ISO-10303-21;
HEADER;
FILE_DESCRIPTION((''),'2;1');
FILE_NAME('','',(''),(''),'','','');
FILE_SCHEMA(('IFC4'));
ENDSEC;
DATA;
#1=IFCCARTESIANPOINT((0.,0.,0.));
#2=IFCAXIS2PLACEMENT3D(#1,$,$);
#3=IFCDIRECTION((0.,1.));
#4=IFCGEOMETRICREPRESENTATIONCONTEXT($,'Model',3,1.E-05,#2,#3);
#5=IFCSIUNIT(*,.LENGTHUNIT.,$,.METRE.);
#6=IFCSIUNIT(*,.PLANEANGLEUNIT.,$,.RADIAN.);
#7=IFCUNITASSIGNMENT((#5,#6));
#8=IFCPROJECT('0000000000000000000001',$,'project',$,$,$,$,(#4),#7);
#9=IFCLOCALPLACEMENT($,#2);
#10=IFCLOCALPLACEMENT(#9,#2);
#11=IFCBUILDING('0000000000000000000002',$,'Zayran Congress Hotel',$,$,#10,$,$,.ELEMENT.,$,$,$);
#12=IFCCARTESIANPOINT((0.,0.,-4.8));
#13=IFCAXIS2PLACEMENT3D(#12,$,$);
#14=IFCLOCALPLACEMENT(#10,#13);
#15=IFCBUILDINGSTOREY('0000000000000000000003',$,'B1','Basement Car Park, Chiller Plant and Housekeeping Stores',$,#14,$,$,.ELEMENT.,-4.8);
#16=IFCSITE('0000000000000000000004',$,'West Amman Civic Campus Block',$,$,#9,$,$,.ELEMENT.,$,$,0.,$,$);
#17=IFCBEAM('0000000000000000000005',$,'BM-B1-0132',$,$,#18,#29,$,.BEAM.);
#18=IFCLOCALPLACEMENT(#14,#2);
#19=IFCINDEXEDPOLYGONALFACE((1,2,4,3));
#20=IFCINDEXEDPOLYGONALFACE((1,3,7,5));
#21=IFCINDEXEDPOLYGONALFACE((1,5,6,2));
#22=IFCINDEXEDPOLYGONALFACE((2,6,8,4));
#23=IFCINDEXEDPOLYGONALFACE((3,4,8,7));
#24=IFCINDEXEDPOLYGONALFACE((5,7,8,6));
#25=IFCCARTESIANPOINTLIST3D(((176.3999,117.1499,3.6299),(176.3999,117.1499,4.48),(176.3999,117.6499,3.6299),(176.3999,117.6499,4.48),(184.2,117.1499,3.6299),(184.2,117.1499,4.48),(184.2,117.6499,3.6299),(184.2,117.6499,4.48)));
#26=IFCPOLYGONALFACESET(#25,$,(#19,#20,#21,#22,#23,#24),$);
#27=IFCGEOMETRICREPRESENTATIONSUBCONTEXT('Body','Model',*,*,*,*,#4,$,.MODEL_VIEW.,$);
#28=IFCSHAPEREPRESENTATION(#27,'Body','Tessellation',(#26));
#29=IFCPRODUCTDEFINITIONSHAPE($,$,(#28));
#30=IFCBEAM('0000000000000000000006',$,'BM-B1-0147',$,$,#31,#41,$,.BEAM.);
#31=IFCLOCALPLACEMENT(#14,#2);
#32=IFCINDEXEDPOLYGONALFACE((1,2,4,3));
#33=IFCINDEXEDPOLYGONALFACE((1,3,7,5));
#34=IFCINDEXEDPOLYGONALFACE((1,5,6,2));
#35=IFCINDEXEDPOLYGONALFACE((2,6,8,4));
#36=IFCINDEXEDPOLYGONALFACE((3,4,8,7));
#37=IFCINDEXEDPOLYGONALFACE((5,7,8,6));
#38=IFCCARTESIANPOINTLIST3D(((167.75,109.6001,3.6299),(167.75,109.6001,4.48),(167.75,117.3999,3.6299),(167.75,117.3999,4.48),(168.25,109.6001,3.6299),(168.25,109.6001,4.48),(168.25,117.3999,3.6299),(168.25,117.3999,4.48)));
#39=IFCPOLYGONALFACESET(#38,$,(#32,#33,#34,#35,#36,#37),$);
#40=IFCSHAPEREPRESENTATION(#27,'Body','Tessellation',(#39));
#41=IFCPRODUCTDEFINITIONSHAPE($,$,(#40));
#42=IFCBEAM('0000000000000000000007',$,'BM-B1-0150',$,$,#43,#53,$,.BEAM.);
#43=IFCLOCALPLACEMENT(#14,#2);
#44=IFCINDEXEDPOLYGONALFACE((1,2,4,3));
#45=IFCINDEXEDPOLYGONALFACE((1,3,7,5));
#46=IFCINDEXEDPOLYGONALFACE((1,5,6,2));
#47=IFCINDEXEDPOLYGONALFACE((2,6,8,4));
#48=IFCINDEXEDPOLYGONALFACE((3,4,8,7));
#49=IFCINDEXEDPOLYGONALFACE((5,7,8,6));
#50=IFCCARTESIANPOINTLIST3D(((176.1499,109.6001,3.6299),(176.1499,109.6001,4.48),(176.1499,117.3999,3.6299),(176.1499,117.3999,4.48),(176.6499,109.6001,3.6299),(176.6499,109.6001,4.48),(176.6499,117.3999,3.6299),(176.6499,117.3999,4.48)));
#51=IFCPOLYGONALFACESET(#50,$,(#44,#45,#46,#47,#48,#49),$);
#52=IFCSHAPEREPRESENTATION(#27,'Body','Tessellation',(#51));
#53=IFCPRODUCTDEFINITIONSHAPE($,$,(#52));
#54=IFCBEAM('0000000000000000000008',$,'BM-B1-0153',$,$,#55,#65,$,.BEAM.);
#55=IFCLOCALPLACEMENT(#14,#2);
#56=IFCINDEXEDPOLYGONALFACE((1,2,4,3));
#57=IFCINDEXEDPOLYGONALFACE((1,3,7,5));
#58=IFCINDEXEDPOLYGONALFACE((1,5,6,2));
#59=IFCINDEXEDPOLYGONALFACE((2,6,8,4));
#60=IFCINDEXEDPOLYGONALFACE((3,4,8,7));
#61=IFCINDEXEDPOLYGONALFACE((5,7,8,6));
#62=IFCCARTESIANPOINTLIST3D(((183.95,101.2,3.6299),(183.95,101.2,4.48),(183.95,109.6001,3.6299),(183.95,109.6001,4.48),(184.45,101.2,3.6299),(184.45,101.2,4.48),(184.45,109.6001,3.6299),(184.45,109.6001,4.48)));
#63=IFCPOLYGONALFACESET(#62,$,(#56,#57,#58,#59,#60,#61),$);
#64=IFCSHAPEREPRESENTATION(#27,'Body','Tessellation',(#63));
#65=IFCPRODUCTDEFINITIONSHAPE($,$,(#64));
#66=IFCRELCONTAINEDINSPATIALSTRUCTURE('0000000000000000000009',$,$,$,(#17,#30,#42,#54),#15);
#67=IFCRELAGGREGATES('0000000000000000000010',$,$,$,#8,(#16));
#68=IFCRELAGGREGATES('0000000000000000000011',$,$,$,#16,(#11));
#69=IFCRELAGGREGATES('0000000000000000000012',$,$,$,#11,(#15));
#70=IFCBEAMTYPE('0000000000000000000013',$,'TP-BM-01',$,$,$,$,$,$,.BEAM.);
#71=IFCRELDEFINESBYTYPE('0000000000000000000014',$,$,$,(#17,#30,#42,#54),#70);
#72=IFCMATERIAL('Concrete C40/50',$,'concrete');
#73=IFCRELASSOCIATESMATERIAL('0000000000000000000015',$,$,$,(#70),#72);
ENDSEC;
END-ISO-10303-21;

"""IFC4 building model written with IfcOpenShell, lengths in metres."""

from ifc_helpers import new_model, si_unit, direction, frame, origin, origin_2d, place, context, subcontext, project, spatial, rectangle, extrude, material, material_profile, profile_set, type_object, element, save


model = new_model("IFC4")

# Units and contexts
model_context = context("Model", 3, precision=1e-05, world=origin(), true_north=direction((0.0, 1.0)))
body_context = subcontext(model_context, "Body", "Model", "MODEL_VIEW")
ifc_project = project(units=[si_unit("LENGTHUNIT", "METRE"), si_unit("PLANEANGLEUNIT", "RADIAN")], contexts=[model_context])

# Site, building, storey
site_placement = place(None, origin())
site = spatial("IfcSite", under=ifc_project, at=site_placement, Name="West Amman Civic Campus Block", CompositionType="ELEMENT", RefElevation=0.0)
building_placement = place(site_placement, origin())
building = spatial("IfcBuilding", under=site, at=building_placement, Name="Zayran Congress Hotel", CompositionType="ELEMENT")
storey_placement = place(building_placement, frame((0.0, 0.0, -4.8)))
storey = spatial("IfcBuildingStorey", under=building, at=storey_placement, Name="B1", Description="Basement Car Park, Chiller Plant and Housekeeping Stores", CompositionType="ELEMENT", Elevation=-4.8)

# Shared definitions
ifc_material = material(Name="Concrete C40/50", Category="concrete")

# Beams
ifc_material_profile_1 = material_profile(ifc_material, rectangle(XDim=0.5, YDim=0.8501, at=origin_2d()), Name="RC 500x850")
ifc_profile_set_1 = profile_set([ifc_material_profile_1], Name="Concrete C40/50")
beam_type = type_object("IfcBeamType", Name="TP-BM-01", PredefinedType="BEAM", material=ifc_profile_set_1)
beam_1_placement = place(storey_placement, frame((176.3999, 117.3999, 4.0549), z_axis=(1.0, 0.0, 0.0), x_axis=(0.0, 1.0, 0.0)))
element("IfcBeam", 1, at=beam_1_placement, inside=storey, type_object=beam_type, Name="BM-B1-0132", PredefinedType="BEAM", context=body_context, shape_type="SweptSolid", body=[
    extrude(rectangle(XDim=0.5, YDim=0.8501, at=origin_2d()), origin(), (0.0, 0.0, 1.0), 7.8),
])
for number, where, z_axis, x_axis, name in (
    (2, (168.0, 109.6001, 4.0549), (0.0, 1.0, 0.0), (-1.0, 0.0, 0.0), "BM-B1-0147"),
    (3, (176.3999, 109.6001, 4.0549), (0.0, 1.0, 0.0), (-1.0, 0.0, 0.0), "BM-B1-0150"),
):
    element("IfcBeam", number, at=place(storey_placement, frame(where, z_axis=z_axis, x_axis=x_axis)), inside=storey, type_object=beam_type, Name=name, PredefinedType="BEAM", context=body_context, shape_type="SweptSolid", body=[
        extrude(rectangle(XDim=0.5, YDim=0.8501, at=origin_2d()), origin(), (0.0, 0.0, 1.0), 7.7998),
    ])
beam_2_placement = place(storey_placement, frame((184.2, 101.2, 4.0549), z_axis=(0.0, 1.0, 0.0), x_axis=(-1.0, 0.0, 0.0)))
element("IfcBeam", 4, at=beam_2_placement, inside=storey, type_object=beam_type, Name="BM-B1-0153", PredefinedType="BEAM", context=body_context, shape_type="SweptSolid", body=[
    extrude(rectangle(XDim=0.5, YDim=0.8501, at=origin_2d()), origin(), (0.0, 0.0, 1.0), 8.4001),
])

save(model, "model.ifc")
